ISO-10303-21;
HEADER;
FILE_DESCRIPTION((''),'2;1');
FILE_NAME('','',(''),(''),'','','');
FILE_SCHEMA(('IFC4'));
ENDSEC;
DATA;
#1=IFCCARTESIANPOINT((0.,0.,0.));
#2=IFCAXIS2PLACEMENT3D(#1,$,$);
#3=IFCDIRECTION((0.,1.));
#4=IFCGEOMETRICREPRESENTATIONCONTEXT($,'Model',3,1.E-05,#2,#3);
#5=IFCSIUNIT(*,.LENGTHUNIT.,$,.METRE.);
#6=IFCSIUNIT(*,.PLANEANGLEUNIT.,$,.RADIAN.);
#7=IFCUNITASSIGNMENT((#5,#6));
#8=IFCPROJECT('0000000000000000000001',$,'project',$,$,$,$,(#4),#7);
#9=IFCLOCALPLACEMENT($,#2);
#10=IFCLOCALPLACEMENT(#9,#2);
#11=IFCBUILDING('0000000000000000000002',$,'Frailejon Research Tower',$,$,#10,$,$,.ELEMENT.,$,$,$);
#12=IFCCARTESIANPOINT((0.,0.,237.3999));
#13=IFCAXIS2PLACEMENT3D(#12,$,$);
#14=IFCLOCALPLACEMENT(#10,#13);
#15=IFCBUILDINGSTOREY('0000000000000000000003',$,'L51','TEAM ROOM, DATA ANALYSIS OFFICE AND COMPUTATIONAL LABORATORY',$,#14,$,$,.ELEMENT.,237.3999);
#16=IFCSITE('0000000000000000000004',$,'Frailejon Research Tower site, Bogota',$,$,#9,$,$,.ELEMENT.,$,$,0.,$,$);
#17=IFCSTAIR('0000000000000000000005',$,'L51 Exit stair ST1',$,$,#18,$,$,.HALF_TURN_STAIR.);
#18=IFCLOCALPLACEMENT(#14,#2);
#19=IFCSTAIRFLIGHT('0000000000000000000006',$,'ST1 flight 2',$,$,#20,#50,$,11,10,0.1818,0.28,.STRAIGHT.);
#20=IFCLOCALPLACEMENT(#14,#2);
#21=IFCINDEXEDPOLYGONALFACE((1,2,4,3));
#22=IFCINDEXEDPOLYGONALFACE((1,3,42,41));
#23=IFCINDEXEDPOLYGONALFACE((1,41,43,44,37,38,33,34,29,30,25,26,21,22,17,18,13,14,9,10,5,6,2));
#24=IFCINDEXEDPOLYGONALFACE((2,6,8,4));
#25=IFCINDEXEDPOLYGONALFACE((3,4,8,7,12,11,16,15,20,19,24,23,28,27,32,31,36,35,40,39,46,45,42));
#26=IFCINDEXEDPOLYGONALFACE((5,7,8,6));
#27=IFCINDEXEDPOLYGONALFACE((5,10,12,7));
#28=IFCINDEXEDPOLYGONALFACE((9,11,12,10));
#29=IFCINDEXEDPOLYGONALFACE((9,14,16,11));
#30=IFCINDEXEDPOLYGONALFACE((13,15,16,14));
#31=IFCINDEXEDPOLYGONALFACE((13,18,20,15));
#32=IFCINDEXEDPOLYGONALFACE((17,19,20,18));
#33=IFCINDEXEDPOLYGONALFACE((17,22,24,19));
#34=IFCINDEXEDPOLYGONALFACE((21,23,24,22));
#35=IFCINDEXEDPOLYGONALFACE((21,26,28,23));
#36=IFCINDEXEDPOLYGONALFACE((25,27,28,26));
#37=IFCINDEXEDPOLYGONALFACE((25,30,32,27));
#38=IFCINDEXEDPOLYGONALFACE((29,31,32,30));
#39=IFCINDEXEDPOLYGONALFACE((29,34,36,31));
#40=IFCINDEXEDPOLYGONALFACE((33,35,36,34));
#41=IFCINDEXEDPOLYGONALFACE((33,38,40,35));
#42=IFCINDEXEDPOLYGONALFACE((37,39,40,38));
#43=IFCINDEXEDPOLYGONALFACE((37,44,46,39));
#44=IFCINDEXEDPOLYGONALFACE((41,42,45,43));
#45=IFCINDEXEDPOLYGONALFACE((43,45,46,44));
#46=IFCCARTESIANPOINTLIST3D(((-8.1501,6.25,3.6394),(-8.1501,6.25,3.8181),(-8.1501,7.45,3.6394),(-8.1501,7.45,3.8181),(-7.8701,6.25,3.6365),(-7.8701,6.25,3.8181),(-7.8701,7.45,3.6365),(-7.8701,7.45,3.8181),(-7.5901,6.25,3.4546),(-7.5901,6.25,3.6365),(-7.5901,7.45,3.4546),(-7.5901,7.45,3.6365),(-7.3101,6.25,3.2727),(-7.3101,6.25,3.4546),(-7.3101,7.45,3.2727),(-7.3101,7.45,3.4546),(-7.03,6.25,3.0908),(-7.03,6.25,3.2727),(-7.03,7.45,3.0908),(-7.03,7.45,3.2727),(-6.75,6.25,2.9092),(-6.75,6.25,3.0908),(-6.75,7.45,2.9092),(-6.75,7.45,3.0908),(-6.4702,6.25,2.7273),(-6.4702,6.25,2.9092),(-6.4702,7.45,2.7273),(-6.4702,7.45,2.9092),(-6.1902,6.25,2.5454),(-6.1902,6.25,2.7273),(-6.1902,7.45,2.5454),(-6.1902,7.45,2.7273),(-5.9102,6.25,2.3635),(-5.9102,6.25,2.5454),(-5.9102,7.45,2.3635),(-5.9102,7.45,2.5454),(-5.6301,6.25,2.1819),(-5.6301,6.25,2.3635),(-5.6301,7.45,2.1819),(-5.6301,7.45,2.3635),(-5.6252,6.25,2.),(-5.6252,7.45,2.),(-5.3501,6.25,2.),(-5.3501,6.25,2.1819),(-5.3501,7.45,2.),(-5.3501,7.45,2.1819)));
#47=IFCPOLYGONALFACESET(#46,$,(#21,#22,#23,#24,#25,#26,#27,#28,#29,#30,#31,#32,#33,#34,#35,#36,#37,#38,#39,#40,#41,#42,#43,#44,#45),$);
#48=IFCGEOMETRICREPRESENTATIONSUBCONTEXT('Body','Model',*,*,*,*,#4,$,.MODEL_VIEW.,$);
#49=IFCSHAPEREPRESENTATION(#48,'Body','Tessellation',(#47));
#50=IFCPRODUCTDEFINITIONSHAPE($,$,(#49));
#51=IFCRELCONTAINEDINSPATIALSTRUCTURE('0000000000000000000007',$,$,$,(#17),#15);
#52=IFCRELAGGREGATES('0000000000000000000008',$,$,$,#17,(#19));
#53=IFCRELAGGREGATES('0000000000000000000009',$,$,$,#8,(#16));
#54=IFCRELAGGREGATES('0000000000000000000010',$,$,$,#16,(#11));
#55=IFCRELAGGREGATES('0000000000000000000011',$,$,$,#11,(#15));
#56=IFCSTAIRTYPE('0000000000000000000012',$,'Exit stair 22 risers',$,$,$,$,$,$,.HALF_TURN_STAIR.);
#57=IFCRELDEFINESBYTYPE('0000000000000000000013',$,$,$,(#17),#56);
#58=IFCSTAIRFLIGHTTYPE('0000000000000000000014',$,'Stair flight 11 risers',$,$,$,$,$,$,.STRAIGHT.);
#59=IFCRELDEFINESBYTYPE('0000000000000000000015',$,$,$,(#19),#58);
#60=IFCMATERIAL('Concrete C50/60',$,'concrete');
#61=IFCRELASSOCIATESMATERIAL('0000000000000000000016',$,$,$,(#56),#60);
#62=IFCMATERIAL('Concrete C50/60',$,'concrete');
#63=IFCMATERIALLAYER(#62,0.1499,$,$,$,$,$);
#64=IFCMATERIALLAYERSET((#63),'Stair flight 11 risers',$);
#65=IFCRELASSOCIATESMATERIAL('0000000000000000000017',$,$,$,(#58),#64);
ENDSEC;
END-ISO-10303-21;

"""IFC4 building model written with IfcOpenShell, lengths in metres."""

from ifc_helpers import new_model, si_unit, direction, frame, origin, place, context, subcontext, project, spatial, polyline, outline, extrude, material, layer, layer_set, type_object, element, aggregate, save


model = new_model("IFC4")

# Units and contexts
model_context = context("Model", 3, precision=1e-05, world=origin(), true_north=direction((0.0, 1.0)))
body_context = subcontext(model_context, "Body", "Model", "MODEL_VIEW")
ifc_project = project(units=[si_unit("LENGTHUNIT", "METRE"), si_unit("PLANEANGLEUNIT", "RADIAN")], contexts=[model_context])

# Site, building, storey
site_placement = place(None, origin())
site = spatial("IfcSite", under=ifc_project, at=site_placement, Name="Frailejon Research Tower site, Bogota", CompositionType="ELEMENT", RefElevation=0.0)
building_placement = place(site_placement, origin())
building = spatial("IfcBuilding", under=site, at=building_placement, Name="Frailejon Research Tower", CompositionType="ELEMENT")
storey_placement = place(building_placement, frame((0.0, 0.0, 237.3999)))
storey = spatial("IfcBuildingStorey", under=building, at=storey_placement, Name="L51", Description="TEAM ROOM, DATA ANALYSIS OFFICE AND COMPUTATIONAL LABORATORY", CompositionType="ELEMENT", Elevation=237.3999)

# Stair, stair flight
ifc_material_1 = material(Name="Concrete C50/60", Category="concrete")
stair_type = type_object("IfcStairType", Name="Exit stair 22 risers", PredefinedType="HALF_TURN_STAIR", material=ifc_material_1)
stair_placement = place(storey_placement, origin())
stair = element("IfcStair", 1, at=stair_placement, inside=storey, type_object=stair_type, Name="L51 Exit stair ST1", PredefinedType="HALF_TURN_STAIR")
ifc_material_2 = material(Name="Concrete C50/60", Category="concrete")
ifc_layer_1 = layer(ifc_material_2, 0.1499)
ifc_layer_set_1 = layer_set([ifc_layer_1], Name="Stair flight 11 risers")
stair_flight_type = type_object("IfcStairFlightType", Name="Stair flight 11 risers", PredefinedType="STRAIGHT", material=ifc_layer_set_1)
stair_flight_1_placement = place(storey_placement, frame((-5.3501, 6.8501, 2.0), z_axis=(0.0, 0.0, 1.0), x_axis=(-1.0, 0.0, 0.0)))
stair_flight_1 = element("IfcStairFlight", 2, at=stair_flight_1_placement, type_object=stair_flight_type, Name="ST1 flight 2", NumberOfRisers=11, NumberOfTreads=10, PredefinedType="STRAIGHT", RiserHeight=0.1818, TreadLength=0.28, context=body_context, shape_type="SweptSolid", body=[
    extrude(outline(polyline([(0.0, 0.0), (0.0, 0.1819), (0.28, 0.1819), (0.28, 0.3635), (0.5601, 0.3635), (0.5601, 0.5454), (0.8401, 0.5454), (0.8401, 0.7273), (1.1201, 0.7273), (1.1201, 0.9092), (1.3999, 0.9092), (1.3999, 1.0908), (1.6799, 1.0908), (1.6799, 1.2727), (1.96, 1.2727), (1.96, 1.4546), (2.24, 1.4546), (2.24, 1.6365), (2.52, 1.6365), (2.52, 1.8181), (2.8, 1.8181), (2.8, 2.0), (2.8, 1.6394), (0.2751, 0.0), (0.0, 0.0)])), frame((0.0, 0.6001, 0.0), z_axis=(0.0, -1.0, 0.0), x_axis=(1.0, 0.0, 0.0)), (0.0, 0.0, 1.0), 1.2),
])
aggregate(stair, [stair_flight_1])

save(model, "model.ifc")
